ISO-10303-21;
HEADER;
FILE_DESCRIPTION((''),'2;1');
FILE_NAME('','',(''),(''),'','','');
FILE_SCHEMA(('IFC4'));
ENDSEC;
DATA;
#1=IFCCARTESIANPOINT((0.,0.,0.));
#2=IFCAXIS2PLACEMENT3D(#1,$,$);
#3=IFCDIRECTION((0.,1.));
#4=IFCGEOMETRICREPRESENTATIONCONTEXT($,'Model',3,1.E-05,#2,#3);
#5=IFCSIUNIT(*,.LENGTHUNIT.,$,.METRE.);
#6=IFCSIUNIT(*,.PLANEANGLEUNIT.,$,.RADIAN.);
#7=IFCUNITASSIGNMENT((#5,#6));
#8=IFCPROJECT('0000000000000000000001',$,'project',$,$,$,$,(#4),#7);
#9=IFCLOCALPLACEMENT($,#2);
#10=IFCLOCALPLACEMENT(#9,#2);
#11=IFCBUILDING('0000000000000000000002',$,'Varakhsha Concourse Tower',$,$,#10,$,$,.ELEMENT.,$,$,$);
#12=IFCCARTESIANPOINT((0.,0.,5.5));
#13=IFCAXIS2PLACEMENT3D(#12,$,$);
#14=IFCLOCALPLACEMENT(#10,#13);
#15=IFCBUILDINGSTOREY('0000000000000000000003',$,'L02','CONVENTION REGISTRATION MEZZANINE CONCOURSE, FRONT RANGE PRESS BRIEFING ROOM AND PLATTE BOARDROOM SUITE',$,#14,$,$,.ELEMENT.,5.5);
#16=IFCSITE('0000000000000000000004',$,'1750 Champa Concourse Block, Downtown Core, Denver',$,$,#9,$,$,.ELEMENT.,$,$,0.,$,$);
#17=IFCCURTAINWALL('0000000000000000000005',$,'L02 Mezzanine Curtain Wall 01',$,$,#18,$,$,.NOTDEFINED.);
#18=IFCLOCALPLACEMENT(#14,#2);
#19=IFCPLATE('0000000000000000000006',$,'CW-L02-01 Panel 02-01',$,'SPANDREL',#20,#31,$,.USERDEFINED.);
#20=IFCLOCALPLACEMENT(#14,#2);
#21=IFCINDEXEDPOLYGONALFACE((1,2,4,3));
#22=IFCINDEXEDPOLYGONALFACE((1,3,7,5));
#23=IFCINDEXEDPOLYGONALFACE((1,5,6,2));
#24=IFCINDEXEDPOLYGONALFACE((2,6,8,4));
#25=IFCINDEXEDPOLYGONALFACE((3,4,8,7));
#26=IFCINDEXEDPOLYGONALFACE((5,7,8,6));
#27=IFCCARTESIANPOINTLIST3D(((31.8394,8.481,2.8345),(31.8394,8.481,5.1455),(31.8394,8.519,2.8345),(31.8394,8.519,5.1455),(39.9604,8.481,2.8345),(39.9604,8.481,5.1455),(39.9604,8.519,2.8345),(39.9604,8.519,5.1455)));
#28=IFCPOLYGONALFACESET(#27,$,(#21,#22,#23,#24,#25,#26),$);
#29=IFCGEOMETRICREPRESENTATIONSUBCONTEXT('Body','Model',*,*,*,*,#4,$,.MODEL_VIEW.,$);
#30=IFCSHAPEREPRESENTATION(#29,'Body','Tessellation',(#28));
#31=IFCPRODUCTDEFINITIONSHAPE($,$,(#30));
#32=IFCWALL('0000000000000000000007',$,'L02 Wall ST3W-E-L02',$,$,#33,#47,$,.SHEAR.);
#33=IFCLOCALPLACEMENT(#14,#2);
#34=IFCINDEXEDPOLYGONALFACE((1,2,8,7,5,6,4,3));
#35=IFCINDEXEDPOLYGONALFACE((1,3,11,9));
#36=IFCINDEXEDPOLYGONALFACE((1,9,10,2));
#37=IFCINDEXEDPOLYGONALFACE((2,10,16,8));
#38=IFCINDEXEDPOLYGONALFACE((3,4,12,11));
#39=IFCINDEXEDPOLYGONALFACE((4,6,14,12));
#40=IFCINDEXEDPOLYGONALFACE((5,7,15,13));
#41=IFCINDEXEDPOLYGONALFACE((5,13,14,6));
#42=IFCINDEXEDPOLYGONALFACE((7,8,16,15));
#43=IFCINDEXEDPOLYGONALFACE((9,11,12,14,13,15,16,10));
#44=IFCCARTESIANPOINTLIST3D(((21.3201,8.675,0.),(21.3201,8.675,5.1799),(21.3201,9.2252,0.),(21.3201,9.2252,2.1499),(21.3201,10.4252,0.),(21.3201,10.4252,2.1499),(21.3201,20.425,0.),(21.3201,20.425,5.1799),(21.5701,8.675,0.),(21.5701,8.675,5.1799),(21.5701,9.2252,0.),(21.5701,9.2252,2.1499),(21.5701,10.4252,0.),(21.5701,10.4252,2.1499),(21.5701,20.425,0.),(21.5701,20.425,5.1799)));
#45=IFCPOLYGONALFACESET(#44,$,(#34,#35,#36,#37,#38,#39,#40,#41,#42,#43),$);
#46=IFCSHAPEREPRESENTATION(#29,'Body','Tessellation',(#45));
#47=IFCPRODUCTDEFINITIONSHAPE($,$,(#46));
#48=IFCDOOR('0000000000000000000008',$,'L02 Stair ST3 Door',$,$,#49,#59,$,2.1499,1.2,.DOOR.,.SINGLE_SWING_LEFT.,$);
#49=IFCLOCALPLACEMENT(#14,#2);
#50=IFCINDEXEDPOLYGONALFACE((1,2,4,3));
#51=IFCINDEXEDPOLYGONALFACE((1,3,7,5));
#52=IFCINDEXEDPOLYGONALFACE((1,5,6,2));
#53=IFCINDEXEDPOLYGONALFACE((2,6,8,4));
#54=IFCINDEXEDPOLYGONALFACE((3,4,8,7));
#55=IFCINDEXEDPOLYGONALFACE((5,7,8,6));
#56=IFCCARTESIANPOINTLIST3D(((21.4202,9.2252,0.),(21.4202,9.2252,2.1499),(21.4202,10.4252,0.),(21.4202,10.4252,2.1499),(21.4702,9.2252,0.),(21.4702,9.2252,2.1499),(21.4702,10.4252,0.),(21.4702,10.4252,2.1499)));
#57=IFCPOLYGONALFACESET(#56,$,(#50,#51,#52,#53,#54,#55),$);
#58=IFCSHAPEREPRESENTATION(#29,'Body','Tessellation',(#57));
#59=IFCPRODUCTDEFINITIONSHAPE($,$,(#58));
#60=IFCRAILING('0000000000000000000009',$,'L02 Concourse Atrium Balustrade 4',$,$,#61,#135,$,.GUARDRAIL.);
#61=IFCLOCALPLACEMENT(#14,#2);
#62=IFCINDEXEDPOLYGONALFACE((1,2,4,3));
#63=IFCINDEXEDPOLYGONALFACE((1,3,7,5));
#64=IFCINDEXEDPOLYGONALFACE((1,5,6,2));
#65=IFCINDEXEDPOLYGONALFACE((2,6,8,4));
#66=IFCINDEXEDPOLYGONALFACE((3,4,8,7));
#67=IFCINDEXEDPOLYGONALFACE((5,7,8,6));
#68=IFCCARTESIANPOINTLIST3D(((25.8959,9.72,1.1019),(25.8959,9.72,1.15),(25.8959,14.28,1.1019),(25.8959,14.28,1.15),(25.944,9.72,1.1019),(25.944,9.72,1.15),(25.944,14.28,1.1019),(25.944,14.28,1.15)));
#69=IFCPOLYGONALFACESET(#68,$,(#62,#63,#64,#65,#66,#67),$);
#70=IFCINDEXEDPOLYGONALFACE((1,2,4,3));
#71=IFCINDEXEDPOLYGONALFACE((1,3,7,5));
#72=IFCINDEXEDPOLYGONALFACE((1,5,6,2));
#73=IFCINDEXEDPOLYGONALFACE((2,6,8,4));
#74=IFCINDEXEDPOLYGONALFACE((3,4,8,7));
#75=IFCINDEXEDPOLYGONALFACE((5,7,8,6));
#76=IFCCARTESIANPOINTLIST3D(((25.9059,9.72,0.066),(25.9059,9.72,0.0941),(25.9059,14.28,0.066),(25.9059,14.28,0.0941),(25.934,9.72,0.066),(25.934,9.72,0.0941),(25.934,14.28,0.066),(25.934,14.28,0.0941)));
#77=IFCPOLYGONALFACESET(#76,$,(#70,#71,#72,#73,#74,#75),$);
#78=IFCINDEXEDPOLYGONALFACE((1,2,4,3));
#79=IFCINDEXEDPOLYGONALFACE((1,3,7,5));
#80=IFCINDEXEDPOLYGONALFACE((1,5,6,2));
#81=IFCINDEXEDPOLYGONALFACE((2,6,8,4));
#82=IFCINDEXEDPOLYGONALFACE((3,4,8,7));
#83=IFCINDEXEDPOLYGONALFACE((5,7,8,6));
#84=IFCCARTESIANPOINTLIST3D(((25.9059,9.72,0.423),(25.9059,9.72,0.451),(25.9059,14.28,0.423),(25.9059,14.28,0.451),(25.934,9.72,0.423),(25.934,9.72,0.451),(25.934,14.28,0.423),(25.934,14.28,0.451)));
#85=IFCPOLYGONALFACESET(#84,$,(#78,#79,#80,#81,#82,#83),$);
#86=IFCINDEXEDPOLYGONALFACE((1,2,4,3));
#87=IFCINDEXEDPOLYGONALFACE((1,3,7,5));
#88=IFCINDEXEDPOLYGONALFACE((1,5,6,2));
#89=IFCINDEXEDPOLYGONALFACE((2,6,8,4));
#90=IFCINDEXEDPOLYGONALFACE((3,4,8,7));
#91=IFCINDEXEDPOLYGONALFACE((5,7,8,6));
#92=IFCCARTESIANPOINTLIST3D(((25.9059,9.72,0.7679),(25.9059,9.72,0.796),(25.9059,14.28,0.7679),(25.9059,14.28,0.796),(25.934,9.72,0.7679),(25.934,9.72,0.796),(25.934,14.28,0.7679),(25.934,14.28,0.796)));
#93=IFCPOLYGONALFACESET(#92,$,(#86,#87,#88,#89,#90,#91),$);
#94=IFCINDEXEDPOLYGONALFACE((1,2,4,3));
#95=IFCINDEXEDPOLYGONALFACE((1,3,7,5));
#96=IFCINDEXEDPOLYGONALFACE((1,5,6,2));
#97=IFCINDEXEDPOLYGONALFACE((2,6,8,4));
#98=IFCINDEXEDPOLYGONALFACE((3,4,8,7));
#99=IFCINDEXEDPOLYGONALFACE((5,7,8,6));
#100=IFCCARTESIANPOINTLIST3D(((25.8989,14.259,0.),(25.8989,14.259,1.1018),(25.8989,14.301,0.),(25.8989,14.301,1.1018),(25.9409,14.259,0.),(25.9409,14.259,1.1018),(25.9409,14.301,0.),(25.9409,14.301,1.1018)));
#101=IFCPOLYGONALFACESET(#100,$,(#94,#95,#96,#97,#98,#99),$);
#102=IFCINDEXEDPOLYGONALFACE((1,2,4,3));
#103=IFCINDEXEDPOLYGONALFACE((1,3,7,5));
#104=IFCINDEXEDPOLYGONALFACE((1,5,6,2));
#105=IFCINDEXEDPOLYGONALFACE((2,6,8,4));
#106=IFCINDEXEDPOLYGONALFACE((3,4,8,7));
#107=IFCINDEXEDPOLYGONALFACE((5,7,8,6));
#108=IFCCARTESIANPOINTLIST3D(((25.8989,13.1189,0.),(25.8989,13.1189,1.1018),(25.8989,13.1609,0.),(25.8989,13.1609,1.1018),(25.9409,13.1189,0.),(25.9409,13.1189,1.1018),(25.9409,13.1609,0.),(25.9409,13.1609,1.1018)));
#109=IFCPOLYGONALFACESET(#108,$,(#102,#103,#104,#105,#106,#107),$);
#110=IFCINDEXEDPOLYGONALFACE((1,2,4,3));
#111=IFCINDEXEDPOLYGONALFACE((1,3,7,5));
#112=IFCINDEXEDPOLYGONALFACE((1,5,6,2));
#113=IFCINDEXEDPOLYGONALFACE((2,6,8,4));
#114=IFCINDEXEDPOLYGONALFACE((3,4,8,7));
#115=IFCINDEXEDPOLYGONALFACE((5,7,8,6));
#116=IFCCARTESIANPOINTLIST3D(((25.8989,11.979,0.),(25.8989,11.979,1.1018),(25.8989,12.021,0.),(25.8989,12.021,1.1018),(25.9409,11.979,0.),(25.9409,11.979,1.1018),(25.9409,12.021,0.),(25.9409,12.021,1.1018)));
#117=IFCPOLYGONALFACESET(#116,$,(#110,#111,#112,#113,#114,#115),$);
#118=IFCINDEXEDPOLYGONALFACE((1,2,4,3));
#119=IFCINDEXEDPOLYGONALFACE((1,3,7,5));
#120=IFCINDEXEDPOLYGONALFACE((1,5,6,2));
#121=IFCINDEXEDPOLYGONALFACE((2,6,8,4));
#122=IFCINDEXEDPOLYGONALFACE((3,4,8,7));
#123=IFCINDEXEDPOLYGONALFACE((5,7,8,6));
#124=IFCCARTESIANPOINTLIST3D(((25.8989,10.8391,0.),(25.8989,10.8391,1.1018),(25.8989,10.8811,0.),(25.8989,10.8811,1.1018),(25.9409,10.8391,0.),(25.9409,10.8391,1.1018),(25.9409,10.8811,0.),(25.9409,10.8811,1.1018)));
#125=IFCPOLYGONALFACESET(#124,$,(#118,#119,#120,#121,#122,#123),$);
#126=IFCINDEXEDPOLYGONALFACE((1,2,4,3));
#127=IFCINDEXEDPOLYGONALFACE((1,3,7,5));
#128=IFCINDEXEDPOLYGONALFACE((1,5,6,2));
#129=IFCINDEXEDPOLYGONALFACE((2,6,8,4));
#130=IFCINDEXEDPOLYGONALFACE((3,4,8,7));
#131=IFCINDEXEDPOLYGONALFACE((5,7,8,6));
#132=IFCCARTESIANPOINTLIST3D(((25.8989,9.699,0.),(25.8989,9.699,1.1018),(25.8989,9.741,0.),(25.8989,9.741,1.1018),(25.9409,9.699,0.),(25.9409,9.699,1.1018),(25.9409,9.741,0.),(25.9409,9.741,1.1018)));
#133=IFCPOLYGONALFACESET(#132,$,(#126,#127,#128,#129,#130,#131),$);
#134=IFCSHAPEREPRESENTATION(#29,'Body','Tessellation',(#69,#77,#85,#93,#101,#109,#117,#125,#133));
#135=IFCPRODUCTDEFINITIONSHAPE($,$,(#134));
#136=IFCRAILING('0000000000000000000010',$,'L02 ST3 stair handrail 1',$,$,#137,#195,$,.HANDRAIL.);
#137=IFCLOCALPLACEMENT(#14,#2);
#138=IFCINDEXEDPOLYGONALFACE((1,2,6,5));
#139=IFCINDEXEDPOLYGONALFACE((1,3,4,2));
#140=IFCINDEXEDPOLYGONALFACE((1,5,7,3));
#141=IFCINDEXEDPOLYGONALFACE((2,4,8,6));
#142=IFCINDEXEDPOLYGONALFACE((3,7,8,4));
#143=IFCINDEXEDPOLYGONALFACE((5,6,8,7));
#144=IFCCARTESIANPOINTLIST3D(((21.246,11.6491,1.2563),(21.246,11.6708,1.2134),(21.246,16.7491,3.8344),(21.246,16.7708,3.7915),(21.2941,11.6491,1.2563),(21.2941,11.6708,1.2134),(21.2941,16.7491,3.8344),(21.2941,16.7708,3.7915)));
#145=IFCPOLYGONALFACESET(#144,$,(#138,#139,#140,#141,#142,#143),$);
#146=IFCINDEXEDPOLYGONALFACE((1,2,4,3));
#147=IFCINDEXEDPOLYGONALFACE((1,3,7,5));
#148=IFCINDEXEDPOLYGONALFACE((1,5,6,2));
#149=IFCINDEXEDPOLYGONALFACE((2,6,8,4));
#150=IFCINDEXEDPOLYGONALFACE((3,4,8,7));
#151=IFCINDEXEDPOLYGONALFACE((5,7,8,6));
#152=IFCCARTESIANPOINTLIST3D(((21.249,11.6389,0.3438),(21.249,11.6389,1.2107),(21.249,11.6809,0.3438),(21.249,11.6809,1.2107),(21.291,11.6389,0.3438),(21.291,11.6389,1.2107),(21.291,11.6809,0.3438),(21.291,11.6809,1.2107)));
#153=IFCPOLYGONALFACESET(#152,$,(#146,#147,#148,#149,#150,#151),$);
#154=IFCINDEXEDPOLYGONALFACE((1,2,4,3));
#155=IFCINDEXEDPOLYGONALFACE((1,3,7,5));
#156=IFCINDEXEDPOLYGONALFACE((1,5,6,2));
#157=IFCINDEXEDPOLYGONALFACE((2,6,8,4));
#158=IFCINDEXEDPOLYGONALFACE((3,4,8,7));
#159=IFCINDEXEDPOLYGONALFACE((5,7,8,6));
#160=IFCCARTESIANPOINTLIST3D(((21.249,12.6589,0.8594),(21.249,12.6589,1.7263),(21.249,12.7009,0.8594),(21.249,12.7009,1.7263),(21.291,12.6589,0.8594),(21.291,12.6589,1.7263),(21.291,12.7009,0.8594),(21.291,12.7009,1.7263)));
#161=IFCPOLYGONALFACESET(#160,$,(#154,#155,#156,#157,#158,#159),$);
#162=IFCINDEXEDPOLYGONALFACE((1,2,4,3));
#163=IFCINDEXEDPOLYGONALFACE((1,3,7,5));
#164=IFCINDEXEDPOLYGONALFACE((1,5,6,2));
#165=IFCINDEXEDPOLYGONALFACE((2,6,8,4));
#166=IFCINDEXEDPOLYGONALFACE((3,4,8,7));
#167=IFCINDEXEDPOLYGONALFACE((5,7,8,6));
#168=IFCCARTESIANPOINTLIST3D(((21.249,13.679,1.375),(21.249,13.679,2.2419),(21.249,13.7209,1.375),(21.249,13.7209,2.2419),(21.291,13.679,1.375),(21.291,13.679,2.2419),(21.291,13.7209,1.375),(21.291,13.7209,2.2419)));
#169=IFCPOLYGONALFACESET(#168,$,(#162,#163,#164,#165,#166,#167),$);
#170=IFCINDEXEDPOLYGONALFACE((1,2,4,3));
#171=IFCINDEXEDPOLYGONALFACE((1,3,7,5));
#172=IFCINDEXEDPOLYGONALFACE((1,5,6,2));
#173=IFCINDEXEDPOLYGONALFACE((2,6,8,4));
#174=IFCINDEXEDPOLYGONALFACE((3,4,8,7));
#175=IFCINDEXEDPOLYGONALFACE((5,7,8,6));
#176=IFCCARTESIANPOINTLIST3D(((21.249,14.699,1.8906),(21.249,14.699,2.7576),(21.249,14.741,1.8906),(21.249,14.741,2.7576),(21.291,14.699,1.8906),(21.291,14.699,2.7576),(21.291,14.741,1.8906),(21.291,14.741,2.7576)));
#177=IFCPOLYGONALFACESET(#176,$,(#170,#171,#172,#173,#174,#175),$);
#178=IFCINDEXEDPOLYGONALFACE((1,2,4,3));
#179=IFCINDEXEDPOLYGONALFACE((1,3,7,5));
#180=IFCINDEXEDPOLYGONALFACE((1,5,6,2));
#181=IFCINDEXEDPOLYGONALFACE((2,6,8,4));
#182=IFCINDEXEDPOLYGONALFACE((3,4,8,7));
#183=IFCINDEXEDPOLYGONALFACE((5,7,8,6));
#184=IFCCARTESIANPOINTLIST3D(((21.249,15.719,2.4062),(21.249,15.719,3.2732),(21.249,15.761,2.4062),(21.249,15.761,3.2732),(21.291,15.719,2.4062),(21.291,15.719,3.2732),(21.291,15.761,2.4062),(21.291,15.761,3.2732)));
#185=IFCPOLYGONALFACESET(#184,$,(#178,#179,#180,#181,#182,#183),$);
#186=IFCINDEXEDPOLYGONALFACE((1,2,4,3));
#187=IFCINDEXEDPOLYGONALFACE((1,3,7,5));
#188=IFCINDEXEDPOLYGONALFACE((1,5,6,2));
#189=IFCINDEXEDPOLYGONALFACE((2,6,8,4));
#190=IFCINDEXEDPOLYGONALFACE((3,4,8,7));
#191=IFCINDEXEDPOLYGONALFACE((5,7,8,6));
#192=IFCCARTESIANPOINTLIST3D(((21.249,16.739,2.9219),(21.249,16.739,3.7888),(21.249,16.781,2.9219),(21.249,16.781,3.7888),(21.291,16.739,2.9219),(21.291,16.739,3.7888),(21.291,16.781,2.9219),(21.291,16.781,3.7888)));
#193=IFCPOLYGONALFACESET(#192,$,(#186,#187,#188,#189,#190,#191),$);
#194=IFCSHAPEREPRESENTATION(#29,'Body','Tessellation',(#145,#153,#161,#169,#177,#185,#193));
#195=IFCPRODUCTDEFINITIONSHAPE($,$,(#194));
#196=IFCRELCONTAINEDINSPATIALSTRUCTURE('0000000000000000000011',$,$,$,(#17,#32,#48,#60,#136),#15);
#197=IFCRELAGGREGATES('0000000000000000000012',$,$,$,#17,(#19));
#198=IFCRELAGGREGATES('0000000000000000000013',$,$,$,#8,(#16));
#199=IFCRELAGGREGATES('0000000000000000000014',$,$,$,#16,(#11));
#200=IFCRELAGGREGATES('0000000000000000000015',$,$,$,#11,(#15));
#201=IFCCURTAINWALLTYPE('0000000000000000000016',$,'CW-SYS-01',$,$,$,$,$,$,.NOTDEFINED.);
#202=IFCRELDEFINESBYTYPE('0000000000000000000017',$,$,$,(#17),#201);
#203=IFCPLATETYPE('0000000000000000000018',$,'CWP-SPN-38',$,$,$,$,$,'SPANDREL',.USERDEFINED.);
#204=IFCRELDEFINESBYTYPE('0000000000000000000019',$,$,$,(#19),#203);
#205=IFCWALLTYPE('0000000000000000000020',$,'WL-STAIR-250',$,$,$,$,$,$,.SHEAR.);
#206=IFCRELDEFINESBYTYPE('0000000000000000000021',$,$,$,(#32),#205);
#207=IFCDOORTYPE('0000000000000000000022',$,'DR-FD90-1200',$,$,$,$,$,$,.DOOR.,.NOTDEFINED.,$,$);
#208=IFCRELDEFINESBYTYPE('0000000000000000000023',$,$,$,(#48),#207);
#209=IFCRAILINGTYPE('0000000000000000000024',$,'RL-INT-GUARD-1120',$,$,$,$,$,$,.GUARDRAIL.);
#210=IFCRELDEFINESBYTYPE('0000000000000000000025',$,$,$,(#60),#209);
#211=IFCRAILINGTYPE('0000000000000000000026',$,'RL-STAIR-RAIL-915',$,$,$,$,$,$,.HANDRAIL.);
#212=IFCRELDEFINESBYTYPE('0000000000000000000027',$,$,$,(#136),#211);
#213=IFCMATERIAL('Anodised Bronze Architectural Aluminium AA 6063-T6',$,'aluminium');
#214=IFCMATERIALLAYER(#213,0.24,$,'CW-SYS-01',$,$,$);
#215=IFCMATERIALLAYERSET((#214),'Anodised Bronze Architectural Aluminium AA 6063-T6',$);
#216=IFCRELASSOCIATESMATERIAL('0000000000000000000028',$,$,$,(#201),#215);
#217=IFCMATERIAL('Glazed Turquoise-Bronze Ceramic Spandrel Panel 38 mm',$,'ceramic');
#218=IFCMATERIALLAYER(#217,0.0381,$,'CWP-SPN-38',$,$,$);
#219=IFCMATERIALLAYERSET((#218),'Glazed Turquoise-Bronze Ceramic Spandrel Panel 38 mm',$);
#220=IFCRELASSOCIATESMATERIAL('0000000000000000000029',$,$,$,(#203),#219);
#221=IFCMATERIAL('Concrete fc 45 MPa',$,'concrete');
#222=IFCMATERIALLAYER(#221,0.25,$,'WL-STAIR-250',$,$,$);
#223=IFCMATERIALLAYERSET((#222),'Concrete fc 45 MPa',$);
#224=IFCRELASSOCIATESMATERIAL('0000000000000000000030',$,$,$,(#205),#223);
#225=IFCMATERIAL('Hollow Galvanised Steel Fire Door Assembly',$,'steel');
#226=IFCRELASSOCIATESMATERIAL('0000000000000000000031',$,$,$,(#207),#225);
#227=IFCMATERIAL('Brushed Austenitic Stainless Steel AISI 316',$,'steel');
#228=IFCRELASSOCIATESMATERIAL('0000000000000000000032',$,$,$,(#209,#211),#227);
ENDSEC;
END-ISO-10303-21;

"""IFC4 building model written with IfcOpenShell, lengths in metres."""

from ifc_helpers import new_model, si_unit, direction, frame, frame_2d, origin, origin_2d, place, context, subcontext, project, spatial, rectangle, extrude, source, transform, mapped, material, layer, layer_set, type_object, type_shapes, element, fill, aggregate, save


model = new_model("IFC4")

# Units and contexts
model_context = context("Model", 3, precision=1e-05, world=origin(), true_north=direction((0.0, 1.0)))
body_context = subcontext(model_context, "Body", "Model", "MODEL_VIEW")
ifc_project = project(units=[si_unit("LENGTHUNIT", "METRE"), si_unit("PLANEANGLEUNIT", "RADIAN")], contexts=[model_context])

# Site, building, storey
site_placement = place(None, origin())
site = spatial("IfcSite", under=ifc_project, at=site_placement, Name="1750 Champa Concourse Block, Downtown Core, Denver", CompositionType="ELEMENT", RefElevation=0.0)
building_placement = place(site_placement, origin())
building = spatial("IfcBuilding", under=site, at=building_placement, Name="Varakhsha Concourse Tower", CompositionType="ELEMENT")
storey_placement = place(building_placement, frame((0.0, 0.0, 5.5)))
storey = spatial("IfcBuildingStorey", under=building, at=storey_placement, Name="L02", Description="CONVENTION REGISTRATION MEZZANINE CONCOURSE, FRONT RANGE PRESS BRIEFING ROOM AND PLATTE BOARDROOM SUITE", CompositionType="ELEMENT", Elevation=5.5)

# Curtain wall, plate
ifc_material_1 = material(Name="Anodised Bronze Architectural Aluminium AA 6063-T6", Category="aluminium")
ifc_layer_1 = layer(ifc_material_1, 0.24, Name="CW-SYS-01")
ifc_layer_set_1 = layer_set([ifc_layer_1], Name="Anodised Bronze Architectural Aluminium AA 6063-T6")
curtain_wall_type = type_object("IfcCurtainWallType", Name="CW-SYS-01", PredefinedType="NOTDEFINED", material=ifc_layer_set_1)
curtain_wall_placement = place(storey_placement, origin())
curtain_wall = element("IfcCurtainWall", 1, at=curtain_wall_placement, inside=storey, type_object=curtain_wall_type, Name="L02 Mezzanine Curtain Wall 01", PredefinedType="NOTDEFINED")
ifc_material_2 = material(Name="Glazed Turquoise-Bronze Ceramic Spandrel Panel 38 mm", Category="ceramic")
ifc_layer_2 = layer(ifc_material_2, 0.0381, Name="CWP-SPN-38")
ifc_layer_set_2 = layer_set([ifc_layer_2], Name="Glazed Turquoise-Bronze Ceramic Spandrel Panel 38 mm")
plate_type_1 = type_object("IfcPlateType", Name="CWP-SPN-38", ElementType="SPANDREL", PredefinedType="USERDEFINED", material=ifc_layer_set_2)
shared_shape_1 = source(origin(), body_context, "Body", "SweptSolid", [
    extrude(rectangle(XDim=8.1211, YDim=0.0381, at=origin_2d()), origin(), (0.0, 0.0, 1.0), 2.311),
])
type_shapes(plate_type_1, [shared_shape_1])
plate_1_placement = place(storey_placement, frame((35.8999, 8.5, 2.8345), z_axis=(0.0, 0.0, 1.0), x_axis=(1.0, 0.0, 0.0)))
plate_1 = element("IfcPlate", 2, at=plate_1_placement, type_object=plate_type_1, Name="CW-L02-01 Panel 02-01", ObjectType="SPANDREL", PredefinedType="USERDEFINED", context=body_context, shape_type="MappedRepresentation", body=[
    mapped(shared_shape_1, transform((0.0, 0.0, 0.0), scale=1.0)),
])
aggregate(curtain_wall, [plate_1])

# Wall, opening, door
ifc_material_3 = material(Name="Concrete fc 45 MPa", Category="concrete")
ifc_layer_3 = layer(ifc_material_3, 0.25, Name="WL-STAIR-250")
ifc_layer_set_3 = layer_set([ifc_layer_3], Name="Concrete fc 45 MPa")
wall_type = type_object("IfcWallType", Name="WL-STAIR-250", PredefinedType="SHEAR", material=ifc_layer_set_3)
wall_placement = place(storey_placement, frame((21.4451, 8.675, 0.0), z_axis=(0.0, 0.0, 1.0), x_axis=(0.0, 1.0, 0.0)))
wall = element("IfcWall", 3, at=wall_placement, inside=storey, type_object=wall_type, Name="L02 Wall ST3W-E-L02", PredefinedType="SHEAR", context=body_context, shape_type="SweptSolid", body=[
    extrude(rectangle(XDim=11.75, YDim=0.25, at=frame_2d((5.875, 0.0))), origin(), (0.0, 0.0, 1.0), 5.1799),
])
opening_placement = place(wall_placement, frame((0.55, 0.0, 0.0)))
opening = element("IfcOpeningElement", 4, at=opening_placement, cuts=wall, PredefinedType="OPENING", context=body_context, shape_type="SweptSolid", body=[
    extrude(rectangle(XDim=1.2, YDim=2.1499, at=frame_2d((0.6001, 1.075))), frame((0.0, 0.135, 0.0), z_axis=(0.0, -1.0, 0.0), x_axis=(1.0, 0.0, 0.0)), (0.0, 0.0, 1.0), 0.27),
])
ifc_material_4 = material(Name="Hollow Galvanised Steel Fire Door Assembly", Category="steel")
door_type = type_object("IfcDoorType", Name="DR-FD90-1200", OperationType="NOTDEFINED", PredefinedType="DOOR", material=ifc_material_4)
door_placement = place(opening_placement, origin())
door = element("IfcDoor", 5, at=door_placement, inside=storey, type_object=door_type, Name="L02 Stair ST3 Door", OperationType="SINGLE_SWING_LEFT", OverallHeight=2.1499, OverallWidth=1.2, PredefinedType="DOOR", context=body_context, shape_type="SweptSolid", body=[
    extrude(rectangle(XDim=1.2, YDim=2.1499, at=frame_2d((0.6001, 1.075))), frame((0.0, 0.0249, 0.0), z_axis=(0.0, -1.0, 0.0), x_axis=(1.0, 0.0, 0.0)), (0.0, 0.0, 1.0), 0.05),
])
fill(opening, door)

# Railings
ifc_material_5 = material(Name="Brushed Austenitic Stainless Steel AISI 316", Category="steel")
railing_type_1 = type_object("IfcRailingType", Name="RL-INT-GUARD-1120", PredefinedType="GUARDRAIL", material=ifc_material_5)
railing_1_placement = place(storey_placement, frame((25.9199, 14.28, 0.0)))
element("IfcRailing", 6, at=railing_1_placement, inside=storey, type_object=railing_type_1, Name="L02 Concourse Atrium Balustrade 4", PredefinedType="GUARDRAIL", context=body_context, shape_type="SweptSolid", body=[
    extrude(rectangle(XDim=0.0481, YDim=0.0481, at=origin_2d()), frame((0.0, 0.0, 1.126), z_axis=(0.0, -1.0, 0.0), x_axis=(1.0, 0.0, 0.0)), (0.0, 0.0, 1.0), 4.5601),
    extrude(rectangle(XDim=0.0281, YDim=0.0281, at=origin_2d()), frame((0.0, 0.0, 0.0801), z_axis=(0.0, -1.0, 0.0), x_axis=(1.0, 0.0, 0.0)), (0.0, 0.0, 1.0), 4.5601),
    extrude(rectangle(XDim=0.0281, YDim=0.0281, at=origin_2d()), frame((0.0, 0.0, 0.437), z_axis=(0.0, -1.0, 0.0), x_axis=(1.0, 0.0, 0.0)), (0.0, 0.0, 1.0), 4.5601),
    extrude(rectangle(XDim=0.0281, YDim=0.0281, at=origin_2d()), frame((0.0, 0.0, 0.782), z_axis=(0.0, -1.0, 0.0), x_axis=(1.0, 0.0, 0.0)), (0.0, 0.0, 1.0), 4.5601),
    extrude(rectangle(XDim=0.042, YDim=0.042, at=origin_2d()), origin(), (0.0, 0.0, 1.0), 1.1018),
    extrude(rectangle(XDim=0.042, YDim=0.042, at=origin_2d()), frame((0.0, -1.1401, 0.0)), (0.0, 0.0, 1.0), 1.1018),
    extrude(rectangle(XDim=0.042, YDim=0.042, at=origin_2d()), frame((0.0, -2.28, 0.0)), (0.0, 0.0, 1.0), 1.1018),
    extrude(rectangle(XDim=0.042, YDim=0.042, at=origin_2d()), frame((0.0, -3.4199, 0.0)), (0.0, 0.0, 1.0), 1.1018),
    extrude(rectangle(XDim=0.042, YDim=0.042, at=origin_2d()), frame((0.0, -4.5601, 0.0)), (0.0, 0.0, 1.0), 1.1018),
])
railing_type_2 = type_object("IfcRailingType", Name="RL-STAIR-RAIL-915", PredefinedType="HANDRAIL", material=ifc_material_5)
railing_2_placement = place(storey_placement, frame((21.27, 11.6599, 0.3438)))
element("IfcRailing", 7, at=railing_2_placement, inside=storey, type_object=railing_type_2, Name="L02 ST3 stair handrail 1", PredefinedType="HANDRAIL", context=body_context, shape_type="SweptSolid", body=[
    extrude(rectangle(XDim=0.0481, YDim=0.0481, at=origin_2d()), frame((0.0, 0.0, 0.8911), z_axis=(0.0, 0.892453, 0.45114), x_axis=(-1.0, 0.0, 0.0)), (0.0, 0.0, 1.0), 5.7146),
    extrude(rectangle(XDim=0.042, YDim=0.042, at=origin_2d()), origin(), (0.0, 0.0, 1.0), 0.8669),
    extrude(rectangle(XDim=0.042, YDim=0.042, at=origin_2d()), frame((0.0, 1.02, 0.5156)), (0.0, 0.0, 1.0), 0.8669),
    extrude(rectangle(XDim=0.042, YDim=0.042, at=origin_2d()), frame((0.0, 2.04, 1.0312)), (0.0, 0.0, 1.0), 0.8669),
    extrude(rectangle(XDim=0.042, YDim=0.042, at=origin_2d()), frame((0.0, 3.0601, 1.5469)), (0.0, 0.0, 1.0), 0.8669),
    extrude(rectangle(XDim=0.042, YDim=0.042, at=origin_2d()), frame((0.0, 4.0801, 2.0625)), (0.0, 0.0, 1.0), 0.8669),
    extrude(rectangle(XDim=0.042, YDim=0.042, at=origin_2d()), frame((0.0, 5.1001, 2.5781)), (0.0, 0.0, 1.0), 0.8669),
])

save(model, "model.ifc")
